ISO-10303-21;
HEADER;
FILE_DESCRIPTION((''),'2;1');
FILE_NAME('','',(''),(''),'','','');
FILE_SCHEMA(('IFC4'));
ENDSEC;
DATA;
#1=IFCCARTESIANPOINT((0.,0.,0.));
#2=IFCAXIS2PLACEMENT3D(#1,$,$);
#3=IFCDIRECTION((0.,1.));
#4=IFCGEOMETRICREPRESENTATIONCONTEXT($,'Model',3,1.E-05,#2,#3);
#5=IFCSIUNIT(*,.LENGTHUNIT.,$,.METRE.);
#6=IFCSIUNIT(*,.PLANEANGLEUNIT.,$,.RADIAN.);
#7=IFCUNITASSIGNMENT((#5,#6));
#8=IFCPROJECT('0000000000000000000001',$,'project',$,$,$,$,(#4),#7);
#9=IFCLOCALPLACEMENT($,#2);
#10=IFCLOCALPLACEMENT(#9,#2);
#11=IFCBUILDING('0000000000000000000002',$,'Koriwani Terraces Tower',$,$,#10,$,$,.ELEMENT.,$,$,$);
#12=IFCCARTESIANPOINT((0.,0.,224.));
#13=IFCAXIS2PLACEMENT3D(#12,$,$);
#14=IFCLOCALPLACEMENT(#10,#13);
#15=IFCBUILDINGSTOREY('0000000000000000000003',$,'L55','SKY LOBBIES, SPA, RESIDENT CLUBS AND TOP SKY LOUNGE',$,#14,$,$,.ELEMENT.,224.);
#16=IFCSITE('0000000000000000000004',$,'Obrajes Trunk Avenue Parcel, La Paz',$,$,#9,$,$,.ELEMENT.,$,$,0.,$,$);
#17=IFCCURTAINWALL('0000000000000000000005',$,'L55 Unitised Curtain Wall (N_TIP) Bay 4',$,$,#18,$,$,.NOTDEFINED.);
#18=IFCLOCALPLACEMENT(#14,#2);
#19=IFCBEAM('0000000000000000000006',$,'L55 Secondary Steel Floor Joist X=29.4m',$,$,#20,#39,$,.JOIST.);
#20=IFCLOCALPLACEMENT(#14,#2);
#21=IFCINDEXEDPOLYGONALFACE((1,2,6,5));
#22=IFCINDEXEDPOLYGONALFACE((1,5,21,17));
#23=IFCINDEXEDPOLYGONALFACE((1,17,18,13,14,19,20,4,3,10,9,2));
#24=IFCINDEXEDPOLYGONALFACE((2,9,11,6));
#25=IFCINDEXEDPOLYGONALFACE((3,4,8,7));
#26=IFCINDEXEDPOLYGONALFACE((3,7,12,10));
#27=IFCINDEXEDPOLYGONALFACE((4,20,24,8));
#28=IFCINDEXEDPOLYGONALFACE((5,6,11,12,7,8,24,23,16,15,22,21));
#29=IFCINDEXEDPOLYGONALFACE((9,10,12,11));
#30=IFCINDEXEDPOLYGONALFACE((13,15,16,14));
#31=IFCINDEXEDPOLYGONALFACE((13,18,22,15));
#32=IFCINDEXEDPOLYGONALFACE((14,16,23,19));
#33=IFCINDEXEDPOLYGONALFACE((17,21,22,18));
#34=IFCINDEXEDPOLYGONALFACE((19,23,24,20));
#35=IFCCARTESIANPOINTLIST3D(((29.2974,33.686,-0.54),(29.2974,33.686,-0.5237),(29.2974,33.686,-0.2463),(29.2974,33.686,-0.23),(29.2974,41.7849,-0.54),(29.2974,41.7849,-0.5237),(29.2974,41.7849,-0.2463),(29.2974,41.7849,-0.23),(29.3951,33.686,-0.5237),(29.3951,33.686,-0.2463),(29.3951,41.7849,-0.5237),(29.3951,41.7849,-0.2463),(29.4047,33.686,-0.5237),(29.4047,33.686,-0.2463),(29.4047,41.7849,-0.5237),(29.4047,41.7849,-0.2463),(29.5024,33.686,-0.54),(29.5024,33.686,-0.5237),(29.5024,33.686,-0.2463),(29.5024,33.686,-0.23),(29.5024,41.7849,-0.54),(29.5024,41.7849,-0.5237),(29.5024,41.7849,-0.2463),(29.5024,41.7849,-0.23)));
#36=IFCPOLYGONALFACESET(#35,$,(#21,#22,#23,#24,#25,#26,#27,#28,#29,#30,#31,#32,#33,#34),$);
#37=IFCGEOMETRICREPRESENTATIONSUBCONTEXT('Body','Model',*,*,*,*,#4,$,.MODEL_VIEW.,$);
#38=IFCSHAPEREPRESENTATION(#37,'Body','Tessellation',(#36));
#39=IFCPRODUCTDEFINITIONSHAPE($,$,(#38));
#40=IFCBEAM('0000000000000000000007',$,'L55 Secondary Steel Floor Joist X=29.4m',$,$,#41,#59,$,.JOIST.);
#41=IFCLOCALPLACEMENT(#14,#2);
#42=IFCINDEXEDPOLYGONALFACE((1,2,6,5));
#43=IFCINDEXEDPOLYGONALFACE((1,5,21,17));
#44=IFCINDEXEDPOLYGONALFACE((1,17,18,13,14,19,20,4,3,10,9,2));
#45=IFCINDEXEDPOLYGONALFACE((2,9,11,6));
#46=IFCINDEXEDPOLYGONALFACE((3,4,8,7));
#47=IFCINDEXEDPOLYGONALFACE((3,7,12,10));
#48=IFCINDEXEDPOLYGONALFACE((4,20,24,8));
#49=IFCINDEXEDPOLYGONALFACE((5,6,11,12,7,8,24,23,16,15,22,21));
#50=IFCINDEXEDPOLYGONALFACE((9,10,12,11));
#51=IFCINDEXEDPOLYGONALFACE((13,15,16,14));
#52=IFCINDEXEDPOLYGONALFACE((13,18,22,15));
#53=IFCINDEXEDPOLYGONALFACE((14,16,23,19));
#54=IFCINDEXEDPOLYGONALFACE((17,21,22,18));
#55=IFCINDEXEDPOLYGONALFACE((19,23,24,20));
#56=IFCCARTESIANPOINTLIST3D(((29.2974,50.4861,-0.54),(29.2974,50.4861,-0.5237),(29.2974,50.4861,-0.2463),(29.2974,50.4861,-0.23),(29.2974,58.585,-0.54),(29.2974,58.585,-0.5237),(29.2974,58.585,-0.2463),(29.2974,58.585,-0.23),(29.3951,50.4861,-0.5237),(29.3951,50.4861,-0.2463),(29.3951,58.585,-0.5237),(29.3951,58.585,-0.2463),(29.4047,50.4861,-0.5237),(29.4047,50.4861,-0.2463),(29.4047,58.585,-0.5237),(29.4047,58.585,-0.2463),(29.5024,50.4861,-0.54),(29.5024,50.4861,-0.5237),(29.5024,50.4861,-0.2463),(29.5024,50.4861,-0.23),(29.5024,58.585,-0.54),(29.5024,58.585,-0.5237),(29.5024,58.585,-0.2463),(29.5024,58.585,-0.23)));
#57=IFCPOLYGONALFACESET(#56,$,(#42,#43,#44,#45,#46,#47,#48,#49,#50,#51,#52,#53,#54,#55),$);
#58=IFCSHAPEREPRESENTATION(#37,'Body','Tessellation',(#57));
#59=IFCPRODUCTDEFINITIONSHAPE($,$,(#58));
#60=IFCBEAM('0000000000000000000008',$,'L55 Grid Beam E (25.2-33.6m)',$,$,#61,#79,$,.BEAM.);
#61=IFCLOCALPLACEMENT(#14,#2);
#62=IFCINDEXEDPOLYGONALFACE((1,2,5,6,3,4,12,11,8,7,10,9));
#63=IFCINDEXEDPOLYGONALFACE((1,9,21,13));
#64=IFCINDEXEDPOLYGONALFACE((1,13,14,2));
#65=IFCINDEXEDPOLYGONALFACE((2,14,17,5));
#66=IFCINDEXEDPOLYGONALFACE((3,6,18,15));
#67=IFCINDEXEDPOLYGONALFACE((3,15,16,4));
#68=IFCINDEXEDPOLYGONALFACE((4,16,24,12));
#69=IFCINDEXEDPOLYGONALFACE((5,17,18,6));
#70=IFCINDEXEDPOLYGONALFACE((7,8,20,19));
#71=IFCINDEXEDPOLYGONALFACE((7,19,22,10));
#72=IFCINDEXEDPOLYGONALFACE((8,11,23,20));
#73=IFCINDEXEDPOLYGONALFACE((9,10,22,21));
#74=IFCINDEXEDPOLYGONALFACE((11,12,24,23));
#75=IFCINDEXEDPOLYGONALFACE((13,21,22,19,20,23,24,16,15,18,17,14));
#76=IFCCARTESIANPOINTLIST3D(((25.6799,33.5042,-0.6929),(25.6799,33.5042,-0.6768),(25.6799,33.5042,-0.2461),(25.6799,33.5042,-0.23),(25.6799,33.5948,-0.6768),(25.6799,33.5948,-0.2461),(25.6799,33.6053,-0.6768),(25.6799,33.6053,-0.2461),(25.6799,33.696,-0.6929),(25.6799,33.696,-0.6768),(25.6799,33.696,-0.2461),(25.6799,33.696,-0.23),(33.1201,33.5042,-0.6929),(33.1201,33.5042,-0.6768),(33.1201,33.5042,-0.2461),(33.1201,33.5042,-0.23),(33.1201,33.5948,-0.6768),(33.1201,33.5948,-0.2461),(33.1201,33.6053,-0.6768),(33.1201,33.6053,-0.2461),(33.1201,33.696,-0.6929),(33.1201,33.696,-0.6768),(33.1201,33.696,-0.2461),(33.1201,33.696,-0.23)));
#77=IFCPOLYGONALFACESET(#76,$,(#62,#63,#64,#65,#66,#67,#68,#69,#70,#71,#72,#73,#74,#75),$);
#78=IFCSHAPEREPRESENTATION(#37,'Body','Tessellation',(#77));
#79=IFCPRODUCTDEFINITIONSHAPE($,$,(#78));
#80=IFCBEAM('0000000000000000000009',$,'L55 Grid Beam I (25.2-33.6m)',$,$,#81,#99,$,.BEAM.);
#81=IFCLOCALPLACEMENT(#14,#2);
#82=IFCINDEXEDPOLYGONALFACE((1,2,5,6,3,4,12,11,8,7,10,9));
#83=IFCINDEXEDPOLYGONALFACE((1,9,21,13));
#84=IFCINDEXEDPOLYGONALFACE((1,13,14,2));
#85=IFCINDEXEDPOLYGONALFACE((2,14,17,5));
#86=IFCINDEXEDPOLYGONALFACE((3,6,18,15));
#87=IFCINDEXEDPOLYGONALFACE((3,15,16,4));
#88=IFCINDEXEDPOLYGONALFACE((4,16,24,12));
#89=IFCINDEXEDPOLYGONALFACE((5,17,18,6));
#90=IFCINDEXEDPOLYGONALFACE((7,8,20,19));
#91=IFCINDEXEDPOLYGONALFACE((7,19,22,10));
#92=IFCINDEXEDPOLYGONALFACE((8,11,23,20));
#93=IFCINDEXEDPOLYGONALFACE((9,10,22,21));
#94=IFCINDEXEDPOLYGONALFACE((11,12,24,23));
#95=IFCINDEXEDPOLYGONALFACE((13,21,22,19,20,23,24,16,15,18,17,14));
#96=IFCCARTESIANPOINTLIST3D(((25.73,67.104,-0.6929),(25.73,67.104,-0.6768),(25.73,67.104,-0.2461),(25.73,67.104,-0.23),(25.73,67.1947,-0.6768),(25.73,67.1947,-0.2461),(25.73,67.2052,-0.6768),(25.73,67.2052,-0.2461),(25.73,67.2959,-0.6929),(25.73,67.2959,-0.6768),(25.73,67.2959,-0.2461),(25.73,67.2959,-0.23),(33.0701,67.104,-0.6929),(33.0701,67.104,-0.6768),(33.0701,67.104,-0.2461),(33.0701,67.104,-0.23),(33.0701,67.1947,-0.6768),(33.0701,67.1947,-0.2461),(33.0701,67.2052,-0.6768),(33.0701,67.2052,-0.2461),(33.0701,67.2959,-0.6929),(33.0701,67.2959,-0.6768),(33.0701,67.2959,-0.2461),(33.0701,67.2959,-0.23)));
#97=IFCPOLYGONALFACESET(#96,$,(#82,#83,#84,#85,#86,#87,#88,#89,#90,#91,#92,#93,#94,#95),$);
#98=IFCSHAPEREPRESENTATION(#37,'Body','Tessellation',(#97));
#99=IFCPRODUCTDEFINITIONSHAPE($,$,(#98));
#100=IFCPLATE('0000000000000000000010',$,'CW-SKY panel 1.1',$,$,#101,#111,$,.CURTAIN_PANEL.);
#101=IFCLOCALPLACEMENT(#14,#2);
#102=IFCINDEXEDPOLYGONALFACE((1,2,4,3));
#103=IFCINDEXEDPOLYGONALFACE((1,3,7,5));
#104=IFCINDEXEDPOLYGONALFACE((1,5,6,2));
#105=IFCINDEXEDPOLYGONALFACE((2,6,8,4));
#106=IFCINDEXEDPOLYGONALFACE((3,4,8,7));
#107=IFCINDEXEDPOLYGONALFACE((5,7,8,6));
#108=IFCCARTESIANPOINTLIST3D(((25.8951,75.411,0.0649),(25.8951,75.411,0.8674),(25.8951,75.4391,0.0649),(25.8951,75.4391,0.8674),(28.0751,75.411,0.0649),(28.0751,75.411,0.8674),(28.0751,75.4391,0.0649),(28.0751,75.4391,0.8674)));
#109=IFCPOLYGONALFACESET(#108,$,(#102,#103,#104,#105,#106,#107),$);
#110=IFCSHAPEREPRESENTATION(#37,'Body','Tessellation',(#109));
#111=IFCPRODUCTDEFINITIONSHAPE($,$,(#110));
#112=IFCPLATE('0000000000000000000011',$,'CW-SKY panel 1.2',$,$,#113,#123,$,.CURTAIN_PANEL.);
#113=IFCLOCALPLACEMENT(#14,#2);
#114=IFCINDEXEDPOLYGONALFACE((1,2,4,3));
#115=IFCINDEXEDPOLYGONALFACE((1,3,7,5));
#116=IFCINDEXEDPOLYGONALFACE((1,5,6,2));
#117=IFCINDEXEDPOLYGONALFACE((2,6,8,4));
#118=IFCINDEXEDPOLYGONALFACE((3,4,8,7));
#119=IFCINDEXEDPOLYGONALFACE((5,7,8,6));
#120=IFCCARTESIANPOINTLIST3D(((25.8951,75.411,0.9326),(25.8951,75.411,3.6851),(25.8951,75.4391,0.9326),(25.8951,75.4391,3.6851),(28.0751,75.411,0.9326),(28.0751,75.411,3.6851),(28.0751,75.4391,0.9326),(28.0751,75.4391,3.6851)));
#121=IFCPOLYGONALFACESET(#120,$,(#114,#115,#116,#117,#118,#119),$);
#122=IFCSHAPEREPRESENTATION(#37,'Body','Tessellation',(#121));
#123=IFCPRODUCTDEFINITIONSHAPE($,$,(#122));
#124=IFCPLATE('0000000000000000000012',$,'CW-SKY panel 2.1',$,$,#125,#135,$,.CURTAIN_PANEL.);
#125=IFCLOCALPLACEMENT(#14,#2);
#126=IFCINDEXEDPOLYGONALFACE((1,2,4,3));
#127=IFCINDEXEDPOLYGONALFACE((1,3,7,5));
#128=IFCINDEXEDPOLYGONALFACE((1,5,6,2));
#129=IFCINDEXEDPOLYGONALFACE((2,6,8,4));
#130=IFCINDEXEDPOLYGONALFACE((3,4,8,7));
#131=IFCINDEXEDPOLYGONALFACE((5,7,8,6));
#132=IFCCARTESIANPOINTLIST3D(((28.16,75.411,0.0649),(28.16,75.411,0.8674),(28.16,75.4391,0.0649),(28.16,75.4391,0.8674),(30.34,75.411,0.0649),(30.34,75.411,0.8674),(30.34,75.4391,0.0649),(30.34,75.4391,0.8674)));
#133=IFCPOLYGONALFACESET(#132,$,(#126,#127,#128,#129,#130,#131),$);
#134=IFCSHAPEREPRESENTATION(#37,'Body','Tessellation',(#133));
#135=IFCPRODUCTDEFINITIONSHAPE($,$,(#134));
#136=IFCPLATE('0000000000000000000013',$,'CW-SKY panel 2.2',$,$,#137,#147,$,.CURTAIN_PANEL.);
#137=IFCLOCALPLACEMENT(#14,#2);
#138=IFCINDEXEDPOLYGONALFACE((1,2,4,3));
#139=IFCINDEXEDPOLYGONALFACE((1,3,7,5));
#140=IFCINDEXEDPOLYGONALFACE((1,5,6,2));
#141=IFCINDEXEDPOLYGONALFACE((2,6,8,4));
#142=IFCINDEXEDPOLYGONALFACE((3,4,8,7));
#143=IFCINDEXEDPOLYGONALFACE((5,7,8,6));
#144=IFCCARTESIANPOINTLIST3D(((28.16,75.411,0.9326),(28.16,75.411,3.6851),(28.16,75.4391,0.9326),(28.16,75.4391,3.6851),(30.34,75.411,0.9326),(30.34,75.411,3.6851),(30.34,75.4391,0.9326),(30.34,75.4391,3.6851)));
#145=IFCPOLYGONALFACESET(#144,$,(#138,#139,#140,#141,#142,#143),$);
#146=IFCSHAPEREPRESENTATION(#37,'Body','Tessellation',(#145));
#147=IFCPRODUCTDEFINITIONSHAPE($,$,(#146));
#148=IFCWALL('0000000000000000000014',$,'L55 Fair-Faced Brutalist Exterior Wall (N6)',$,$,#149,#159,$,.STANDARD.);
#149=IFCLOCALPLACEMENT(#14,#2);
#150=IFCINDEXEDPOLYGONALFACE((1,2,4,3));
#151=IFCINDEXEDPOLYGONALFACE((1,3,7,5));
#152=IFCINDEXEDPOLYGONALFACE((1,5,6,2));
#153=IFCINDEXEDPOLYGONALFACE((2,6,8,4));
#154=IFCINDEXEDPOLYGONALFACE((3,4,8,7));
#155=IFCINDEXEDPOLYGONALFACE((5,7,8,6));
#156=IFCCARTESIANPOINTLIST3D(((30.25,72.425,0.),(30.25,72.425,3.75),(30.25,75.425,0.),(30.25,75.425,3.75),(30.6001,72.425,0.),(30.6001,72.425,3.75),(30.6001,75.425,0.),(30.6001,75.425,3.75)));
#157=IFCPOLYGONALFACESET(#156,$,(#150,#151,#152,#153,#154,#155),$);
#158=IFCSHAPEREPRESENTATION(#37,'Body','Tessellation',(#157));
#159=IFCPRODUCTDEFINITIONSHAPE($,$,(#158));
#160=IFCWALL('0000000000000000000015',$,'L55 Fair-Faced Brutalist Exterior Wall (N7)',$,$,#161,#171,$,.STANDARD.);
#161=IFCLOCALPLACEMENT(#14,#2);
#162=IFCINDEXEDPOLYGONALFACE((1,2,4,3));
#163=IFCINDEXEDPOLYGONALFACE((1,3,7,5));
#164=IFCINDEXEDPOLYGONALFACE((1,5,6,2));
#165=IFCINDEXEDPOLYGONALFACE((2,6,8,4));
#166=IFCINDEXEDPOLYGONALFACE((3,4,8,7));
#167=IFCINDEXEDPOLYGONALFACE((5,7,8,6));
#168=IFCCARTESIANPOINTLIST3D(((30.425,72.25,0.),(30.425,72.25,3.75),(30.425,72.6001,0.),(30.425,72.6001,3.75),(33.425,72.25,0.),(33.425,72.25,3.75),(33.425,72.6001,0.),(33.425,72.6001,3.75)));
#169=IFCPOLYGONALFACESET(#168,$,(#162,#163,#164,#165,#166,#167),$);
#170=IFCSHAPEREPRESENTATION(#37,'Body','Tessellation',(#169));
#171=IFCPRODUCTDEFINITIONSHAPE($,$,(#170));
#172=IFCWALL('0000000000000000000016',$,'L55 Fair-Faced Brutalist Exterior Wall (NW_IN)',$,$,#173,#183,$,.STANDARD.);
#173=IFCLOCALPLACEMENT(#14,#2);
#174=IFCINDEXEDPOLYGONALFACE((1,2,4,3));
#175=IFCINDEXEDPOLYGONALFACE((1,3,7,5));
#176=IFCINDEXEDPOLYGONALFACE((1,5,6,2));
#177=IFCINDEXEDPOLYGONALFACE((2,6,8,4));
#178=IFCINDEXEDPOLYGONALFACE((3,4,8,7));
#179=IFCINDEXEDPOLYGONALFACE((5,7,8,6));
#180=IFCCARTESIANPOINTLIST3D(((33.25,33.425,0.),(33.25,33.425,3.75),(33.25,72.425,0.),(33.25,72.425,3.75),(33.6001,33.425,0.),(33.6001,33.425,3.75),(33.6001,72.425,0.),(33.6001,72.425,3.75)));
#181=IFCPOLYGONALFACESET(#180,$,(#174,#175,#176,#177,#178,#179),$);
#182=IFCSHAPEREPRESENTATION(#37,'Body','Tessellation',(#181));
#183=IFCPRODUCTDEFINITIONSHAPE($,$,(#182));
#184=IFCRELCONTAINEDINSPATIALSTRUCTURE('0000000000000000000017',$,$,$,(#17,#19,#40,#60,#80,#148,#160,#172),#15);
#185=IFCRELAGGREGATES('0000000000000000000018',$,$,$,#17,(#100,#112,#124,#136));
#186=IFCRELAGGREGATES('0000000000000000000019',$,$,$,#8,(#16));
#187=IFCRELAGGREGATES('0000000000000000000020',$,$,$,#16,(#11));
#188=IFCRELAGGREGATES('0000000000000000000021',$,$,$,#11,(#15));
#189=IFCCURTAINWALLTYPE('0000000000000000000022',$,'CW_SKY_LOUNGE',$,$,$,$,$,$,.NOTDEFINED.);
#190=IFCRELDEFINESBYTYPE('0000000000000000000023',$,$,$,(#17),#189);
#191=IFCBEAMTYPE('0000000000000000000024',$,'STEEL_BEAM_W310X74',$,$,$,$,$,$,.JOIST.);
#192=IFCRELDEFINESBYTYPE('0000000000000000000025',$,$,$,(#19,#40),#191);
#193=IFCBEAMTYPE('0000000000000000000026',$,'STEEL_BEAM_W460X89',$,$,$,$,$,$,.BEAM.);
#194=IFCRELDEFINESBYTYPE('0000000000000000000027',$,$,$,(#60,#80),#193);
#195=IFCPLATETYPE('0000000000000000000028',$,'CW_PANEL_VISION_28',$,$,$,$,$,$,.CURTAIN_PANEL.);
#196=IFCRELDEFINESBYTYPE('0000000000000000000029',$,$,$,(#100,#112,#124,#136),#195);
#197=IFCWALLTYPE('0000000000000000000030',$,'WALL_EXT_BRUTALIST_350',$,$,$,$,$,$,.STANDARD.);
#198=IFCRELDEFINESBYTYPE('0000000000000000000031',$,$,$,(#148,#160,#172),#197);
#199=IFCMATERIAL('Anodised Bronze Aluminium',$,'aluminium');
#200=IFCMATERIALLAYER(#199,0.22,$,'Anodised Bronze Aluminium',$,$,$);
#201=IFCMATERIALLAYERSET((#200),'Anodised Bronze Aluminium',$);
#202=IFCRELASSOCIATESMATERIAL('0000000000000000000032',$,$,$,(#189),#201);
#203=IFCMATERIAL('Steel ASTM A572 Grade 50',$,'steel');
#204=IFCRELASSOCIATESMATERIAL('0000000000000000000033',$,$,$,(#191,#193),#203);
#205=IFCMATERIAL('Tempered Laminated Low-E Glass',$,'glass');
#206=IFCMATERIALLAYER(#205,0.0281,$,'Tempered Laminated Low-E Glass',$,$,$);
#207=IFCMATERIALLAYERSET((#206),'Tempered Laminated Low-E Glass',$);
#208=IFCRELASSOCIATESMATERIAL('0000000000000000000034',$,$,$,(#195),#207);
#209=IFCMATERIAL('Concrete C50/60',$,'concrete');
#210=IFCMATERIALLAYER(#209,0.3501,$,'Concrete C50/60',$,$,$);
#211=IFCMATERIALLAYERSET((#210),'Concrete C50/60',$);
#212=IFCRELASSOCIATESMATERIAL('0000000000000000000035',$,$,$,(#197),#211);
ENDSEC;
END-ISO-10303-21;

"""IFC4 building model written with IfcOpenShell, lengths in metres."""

from ifc_helpers import new_model, si_unit, direction, frame, frame_2d, origin, origin_2d, place, context, subcontext, project, spatial, rectangle, i_section, extrude, material, layer, layer_set, material_profile, profile_set, type_object, element, aggregate, save


model = new_model("IFC4")

# Units and contexts
model_context = context("Model", 3, precision=1e-05, world=origin(), true_north=direction((0.0, 1.0)))
body_context = subcontext(model_context, "Body", "Model", "MODEL_VIEW")
ifc_project = project(units=[si_unit("LENGTHUNIT", "METRE"), si_unit("PLANEANGLEUNIT", "RADIAN")], contexts=[model_context])

# Site, building, storey
site_placement = place(None, origin())
site = spatial("IfcSite", under=ifc_project, at=site_placement, Name="Obrajes Trunk Avenue Parcel, La Paz", CompositionType="ELEMENT", RefElevation=0.0)
building_placement = place(site_placement, origin())
building = spatial("IfcBuilding", under=site, at=building_placement, Name="Koriwani Terraces Tower", CompositionType="ELEMENT")
storey_placement = place(building_placement, frame((0.0, 0.0, 224.0)))
storey = spatial("IfcBuildingStorey", under=building, at=storey_placement, Name="L55", Description="SKY LOBBIES, SPA, RESIDENT CLUBS AND TOP SKY LOUNGE", CompositionType="ELEMENT", Elevation=224.0)

# Shared definitions
ifc_material_1 = material(Name="Concrete C50/60", Category="concrete")

# Curtain wall
ifc_material_2 = material(Name="Anodised Bronze Aluminium", Category="aluminium")
ifc_layer_1 = layer(ifc_material_2, 0.22, Name="Anodised Bronze Aluminium")
ifc_layer_set_1 = layer_set([ifc_layer_1], Name="Anodised Bronze Aluminium")
curtain_wall_type = type_object("IfcCurtainWallType", Name="CW_SKY_LOUNGE", PredefinedType="NOTDEFINED", material=ifc_layer_set_1)
curtain_wall_placement = place(storey_placement, origin())
curtain_wall = element("IfcCurtainWall", 1, at=curtain_wall_placement, inside=storey, type_object=curtain_wall_type, Name="L55 Unitised Curtain Wall (N_TIP) Bay 4", PredefinedType="NOTDEFINED")

# Beams
ifc_material_3 = material(Name="Steel ASTM A572 Grade 50", Category="steel")
ifc_material_profile_1 = material_profile(ifc_material_3, i_section(OverallWidth=0.2051, OverallDepth=0.3101, WebThickness=0.0095, FlangeThickness=0.0164, at=origin_2d()), Name="Steel ASTM A572 Grade 50", Category="LoadBearing")
ifc_profile_set_1 = profile_set([ifc_material_profile_1], Name="Steel ASTM A572 Grade 50")
beam_type_1 = type_object("IfcBeamType", Name="STEEL_BEAM_W310X74", PredefinedType="JOIST", material=ifc_profile_set_1)
for number, where, z_axis, x_axis, name in (
    (2, (29.3999, 33.686, -0.385), (0.0, 1.0, 0.0), (-1.0, 0.0, 0.0), "L55 Secondary Steel Floor Joist X=29.4m"),
    (3, (29.3999, 50.4861, -0.385), (0.0, 1.0, 0.0), (-1.0, 0.0, 0.0), "L55 Secondary Steel Floor Joist X=29.4m"),
):
    element("IfcBeam", number, at=place(storey_placement, frame(where, z_axis=z_axis, x_axis=x_axis)), inside=storey, type_object=beam_type_1, Name=name, PredefinedType="JOIST", context=body_context, shape_type="SweptSolid", body=[
        extrude(i_section(OverallWidth=0.2051, OverallDepth=0.3101, WebThickness=0.0095, FlangeThickness=0.0164, at=origin_2d()), origin(), (0.0, 0.0, 1.0), 8.0989),
    ])
ifc_material_profile_2 = material_profile(ifc_material_3, i_section(OverallWidth=0.1919, OverallDepth=0.4629, WebThickness=0.0105, FlangeThickness=0.0161, at=origin_2d()), Name="Steel ASTM A572 Grade 50", Category="LoadBearing")
ifc_profile_set_2 = profile_set([ifc_material_profile_2], Name="Steel ASTM A572 Grade 50")
beam_type_2 = type_object("IfcBeamType", Name="STEEL_BEAM_W460X89", PredefinedType="BEAM", material=ifc_profile_set_2)
beam_1_placement = place(storey_placement, frame((25.6799, 33.6001, -0.4614), z_axis=(1.0, 0.0, 0.0), x_axis=(0.0, 1.0, 0.0)))
element("IfcBeam", 4, at=beam_1_placement, inside=storey, type_object=beam_type_2, Name="L55 Grid Beam E (25.2-33.6m)", PredefinedType="BEAM", context=body_context, shape_type="SweptSolid", body=[
    extrude(i_section(OverallWidth=0.1919, OverallDepth=0.4629, WebThickness=0.0105, FlangeThickness=0.0161, at=origin_2d()), origin(), (0.0, 0.0, 1.0), 7.4402),
])
beam_2_placement = place(storey_placement, frame((25.73, 67.2, -0.4614), z_axis=(1.0, 0.0, 0.0), x_axis=(0.0, 1.0, 0.0)))
element("IfcBeam", 5, at=beam_2_placement, inside=storey, type_object=beam_type_2, Name="L55 Grid Beam I (25.2-33.6m)", PredefinedType="BEAM", context=body_context, shape_type="SweptSolid", body=[
    extrude(i_section(OverallWidth=0.1919, OverallDepth=0.4629, WebThickness=0.0105, FlangeThickness=0.0161, at=origin_2d()), origin(), (0.0, 0.0, 1.0), 7.3401),
])

# Plates
ifc_material_4 = material(Name="Tempered Laminated Low-E Glass", Category="glass")
ifc_layer_2 = layer(ifc_material_4, 0.0281, Name="Tempered Laminated Low-E Glass")
ifc_layer_set_2 = layer_set([ifc_layer_2], Name="Tempered Laminated Low-E Glass")
plate_type = type_object("IfcPlateType", Name="CW_PANEL_VISION_28", PredefinedType="CURTAIN_PANEL", material=ifc_layer_set_2)
plate_1_placement = place(storey_placement, frame((26.9851, 75.425, 0.0649), z_axis=(0.0, 0.0, 1.0), x_axis=(1.0, 0.0, 0.0)))
plate_1 = element("IfcPlate", 6, at=plate_1_placement, type_object=plate_type, Name="CW-SKY panel 1.1", PredefinedType="CURTAIN_PANEL", context=body_context, shape_type="SweptSolid", body=[
    extrude(rectangle(XDim=2.1799, YDim=0.0281, at=origin_2d()), origin(), (0.0, 0.0, 1.0), 0.8025),
])
plate_2_placement = place(storey_placement, frame((26.9851, 75.425, 0.9326), z_axis=(0.0, 0.0, 1.0), x_axis=(1.0, 0.0, 0.0)))
plate_2 = element("IfcPlate", 7, at=plate_2_placement, type_object=plate_type, Name="CW-SKY panel 1.2", PredefinedType="CURTAIN_PANEL", context=body_context, shape_type="SweptSolid", body=[
    extrude(rectangle(XDim=2.1799, YDim=0.0281, at=origin_2d()), origin(), (0.0, 0.0, 1.0), 2.7524),
])
plate_3_placement = place(storey_placement, frame((29.25, 75.425, 0.0649), z_axis=(0.0, 0.0, 1.0), x_axis=(1.0, 0.0, 0.0)))
plate_3 = element("IfcPlate", 8, at=plate_3_placement, type_object=plate_type, Name="CW-SKY panel 2.1", PredefinedType="CURTAIN_PANEL", context=body_context, shape_type="SweptSolid", body=[
    extrude(rectangle(XDim=2.1799, YDim=0.0281, at=origin_2d()), origin(), (0.0, 0.0, 1.0), 0.8025),
])
plate_4_placement = place(storey_placement, frame((29.25, 75.425, 0.9326), z_axis=(0.0, 0.0, 1.0), x_axis=(1.0, 0.0, 0.0)))
plate_4 = element("IfcPlate", 9, at=plate_4_placement, type_object=plate_type, Name="CW-SKY panel 2.2", PredefinedType="CURTAIN_PANEL", context=body_context, shape_type="SweptSolid", body=[
    extrude(rectangle(XDim=2.1799, YDim=0.0281, at=origin_2d()), origin(), (0.0, 0.0, 1.0), 2.7524),
])
aggregate(curtain_wall, [plate_1, plate_2, plate_3, plate_4])

# Walls
ifc_layer_3 = layer(ifc_material_1, 0.3501, Name="Concrete C50/60")
ifc_layer_set_3 = layer_set([ifc_layer_3], Name="Concrete C50/60")
wall_type_1 = type_object("IfcWallType", Name="WALL_EXT_BRUTALIST_350", PredefinedType="STANDARD", material=ifc_layer_set_3)
for number, where, z_axis, x_axis, name in (
    (10, (30.425, 75.425, 0.0), (0.0, 0.0, 1.0), (0.0, -1.0, 0.0), "L55 Fair-Faced Brutalist Exterior Wall (N6)"),
    (11, (30.425, 72.425, 0.0), (0.0, 0.0, 1.0), (1.0, 0.0, 0.0), "L55 Fair-Faced Brutalist Exterior Wall (N7)"),
):
    element("IfcWall", number, at=place(storey_placement, frame(where, z_axis=z_axis, x_axis=x_axis)), inside=storey, type_object=wall_type_1, Name=name, PredefinedType="STANDARD", context=body_context, shape_type="SweptSolid", body=[
        extrude(rectangle(XDim=3.0, YDim=0.3501, at=frame_2d((1.5, 0.0))), origin(), (0.0, 0.0, 1.0), 3.75),
    ])
wall_1_placement = place(storey_placement, frame((33.425, 72.425, 0.0), z_axis=(0.0, 0.0, 1.0), x_axis=(0.0, -1.0, 0.0)))
element("IfcWall", 12, at=wall_1_placement, inside=storey, type_object=wall_type_1, Name="L55 Fair-Faced Brutalist Exterior Wall (NW_IN)", PredefinedType="STANDARD", context=body_context, shape_type="SweptSolid", body=[
    extrude(rectangle(XDim=39.0, YDim=0.3501, at=frame_2d((19.5, 0.0))), origin(), (0.0, 0.0, 1.0), 3.75),
])

save(model, "model.ifc")
